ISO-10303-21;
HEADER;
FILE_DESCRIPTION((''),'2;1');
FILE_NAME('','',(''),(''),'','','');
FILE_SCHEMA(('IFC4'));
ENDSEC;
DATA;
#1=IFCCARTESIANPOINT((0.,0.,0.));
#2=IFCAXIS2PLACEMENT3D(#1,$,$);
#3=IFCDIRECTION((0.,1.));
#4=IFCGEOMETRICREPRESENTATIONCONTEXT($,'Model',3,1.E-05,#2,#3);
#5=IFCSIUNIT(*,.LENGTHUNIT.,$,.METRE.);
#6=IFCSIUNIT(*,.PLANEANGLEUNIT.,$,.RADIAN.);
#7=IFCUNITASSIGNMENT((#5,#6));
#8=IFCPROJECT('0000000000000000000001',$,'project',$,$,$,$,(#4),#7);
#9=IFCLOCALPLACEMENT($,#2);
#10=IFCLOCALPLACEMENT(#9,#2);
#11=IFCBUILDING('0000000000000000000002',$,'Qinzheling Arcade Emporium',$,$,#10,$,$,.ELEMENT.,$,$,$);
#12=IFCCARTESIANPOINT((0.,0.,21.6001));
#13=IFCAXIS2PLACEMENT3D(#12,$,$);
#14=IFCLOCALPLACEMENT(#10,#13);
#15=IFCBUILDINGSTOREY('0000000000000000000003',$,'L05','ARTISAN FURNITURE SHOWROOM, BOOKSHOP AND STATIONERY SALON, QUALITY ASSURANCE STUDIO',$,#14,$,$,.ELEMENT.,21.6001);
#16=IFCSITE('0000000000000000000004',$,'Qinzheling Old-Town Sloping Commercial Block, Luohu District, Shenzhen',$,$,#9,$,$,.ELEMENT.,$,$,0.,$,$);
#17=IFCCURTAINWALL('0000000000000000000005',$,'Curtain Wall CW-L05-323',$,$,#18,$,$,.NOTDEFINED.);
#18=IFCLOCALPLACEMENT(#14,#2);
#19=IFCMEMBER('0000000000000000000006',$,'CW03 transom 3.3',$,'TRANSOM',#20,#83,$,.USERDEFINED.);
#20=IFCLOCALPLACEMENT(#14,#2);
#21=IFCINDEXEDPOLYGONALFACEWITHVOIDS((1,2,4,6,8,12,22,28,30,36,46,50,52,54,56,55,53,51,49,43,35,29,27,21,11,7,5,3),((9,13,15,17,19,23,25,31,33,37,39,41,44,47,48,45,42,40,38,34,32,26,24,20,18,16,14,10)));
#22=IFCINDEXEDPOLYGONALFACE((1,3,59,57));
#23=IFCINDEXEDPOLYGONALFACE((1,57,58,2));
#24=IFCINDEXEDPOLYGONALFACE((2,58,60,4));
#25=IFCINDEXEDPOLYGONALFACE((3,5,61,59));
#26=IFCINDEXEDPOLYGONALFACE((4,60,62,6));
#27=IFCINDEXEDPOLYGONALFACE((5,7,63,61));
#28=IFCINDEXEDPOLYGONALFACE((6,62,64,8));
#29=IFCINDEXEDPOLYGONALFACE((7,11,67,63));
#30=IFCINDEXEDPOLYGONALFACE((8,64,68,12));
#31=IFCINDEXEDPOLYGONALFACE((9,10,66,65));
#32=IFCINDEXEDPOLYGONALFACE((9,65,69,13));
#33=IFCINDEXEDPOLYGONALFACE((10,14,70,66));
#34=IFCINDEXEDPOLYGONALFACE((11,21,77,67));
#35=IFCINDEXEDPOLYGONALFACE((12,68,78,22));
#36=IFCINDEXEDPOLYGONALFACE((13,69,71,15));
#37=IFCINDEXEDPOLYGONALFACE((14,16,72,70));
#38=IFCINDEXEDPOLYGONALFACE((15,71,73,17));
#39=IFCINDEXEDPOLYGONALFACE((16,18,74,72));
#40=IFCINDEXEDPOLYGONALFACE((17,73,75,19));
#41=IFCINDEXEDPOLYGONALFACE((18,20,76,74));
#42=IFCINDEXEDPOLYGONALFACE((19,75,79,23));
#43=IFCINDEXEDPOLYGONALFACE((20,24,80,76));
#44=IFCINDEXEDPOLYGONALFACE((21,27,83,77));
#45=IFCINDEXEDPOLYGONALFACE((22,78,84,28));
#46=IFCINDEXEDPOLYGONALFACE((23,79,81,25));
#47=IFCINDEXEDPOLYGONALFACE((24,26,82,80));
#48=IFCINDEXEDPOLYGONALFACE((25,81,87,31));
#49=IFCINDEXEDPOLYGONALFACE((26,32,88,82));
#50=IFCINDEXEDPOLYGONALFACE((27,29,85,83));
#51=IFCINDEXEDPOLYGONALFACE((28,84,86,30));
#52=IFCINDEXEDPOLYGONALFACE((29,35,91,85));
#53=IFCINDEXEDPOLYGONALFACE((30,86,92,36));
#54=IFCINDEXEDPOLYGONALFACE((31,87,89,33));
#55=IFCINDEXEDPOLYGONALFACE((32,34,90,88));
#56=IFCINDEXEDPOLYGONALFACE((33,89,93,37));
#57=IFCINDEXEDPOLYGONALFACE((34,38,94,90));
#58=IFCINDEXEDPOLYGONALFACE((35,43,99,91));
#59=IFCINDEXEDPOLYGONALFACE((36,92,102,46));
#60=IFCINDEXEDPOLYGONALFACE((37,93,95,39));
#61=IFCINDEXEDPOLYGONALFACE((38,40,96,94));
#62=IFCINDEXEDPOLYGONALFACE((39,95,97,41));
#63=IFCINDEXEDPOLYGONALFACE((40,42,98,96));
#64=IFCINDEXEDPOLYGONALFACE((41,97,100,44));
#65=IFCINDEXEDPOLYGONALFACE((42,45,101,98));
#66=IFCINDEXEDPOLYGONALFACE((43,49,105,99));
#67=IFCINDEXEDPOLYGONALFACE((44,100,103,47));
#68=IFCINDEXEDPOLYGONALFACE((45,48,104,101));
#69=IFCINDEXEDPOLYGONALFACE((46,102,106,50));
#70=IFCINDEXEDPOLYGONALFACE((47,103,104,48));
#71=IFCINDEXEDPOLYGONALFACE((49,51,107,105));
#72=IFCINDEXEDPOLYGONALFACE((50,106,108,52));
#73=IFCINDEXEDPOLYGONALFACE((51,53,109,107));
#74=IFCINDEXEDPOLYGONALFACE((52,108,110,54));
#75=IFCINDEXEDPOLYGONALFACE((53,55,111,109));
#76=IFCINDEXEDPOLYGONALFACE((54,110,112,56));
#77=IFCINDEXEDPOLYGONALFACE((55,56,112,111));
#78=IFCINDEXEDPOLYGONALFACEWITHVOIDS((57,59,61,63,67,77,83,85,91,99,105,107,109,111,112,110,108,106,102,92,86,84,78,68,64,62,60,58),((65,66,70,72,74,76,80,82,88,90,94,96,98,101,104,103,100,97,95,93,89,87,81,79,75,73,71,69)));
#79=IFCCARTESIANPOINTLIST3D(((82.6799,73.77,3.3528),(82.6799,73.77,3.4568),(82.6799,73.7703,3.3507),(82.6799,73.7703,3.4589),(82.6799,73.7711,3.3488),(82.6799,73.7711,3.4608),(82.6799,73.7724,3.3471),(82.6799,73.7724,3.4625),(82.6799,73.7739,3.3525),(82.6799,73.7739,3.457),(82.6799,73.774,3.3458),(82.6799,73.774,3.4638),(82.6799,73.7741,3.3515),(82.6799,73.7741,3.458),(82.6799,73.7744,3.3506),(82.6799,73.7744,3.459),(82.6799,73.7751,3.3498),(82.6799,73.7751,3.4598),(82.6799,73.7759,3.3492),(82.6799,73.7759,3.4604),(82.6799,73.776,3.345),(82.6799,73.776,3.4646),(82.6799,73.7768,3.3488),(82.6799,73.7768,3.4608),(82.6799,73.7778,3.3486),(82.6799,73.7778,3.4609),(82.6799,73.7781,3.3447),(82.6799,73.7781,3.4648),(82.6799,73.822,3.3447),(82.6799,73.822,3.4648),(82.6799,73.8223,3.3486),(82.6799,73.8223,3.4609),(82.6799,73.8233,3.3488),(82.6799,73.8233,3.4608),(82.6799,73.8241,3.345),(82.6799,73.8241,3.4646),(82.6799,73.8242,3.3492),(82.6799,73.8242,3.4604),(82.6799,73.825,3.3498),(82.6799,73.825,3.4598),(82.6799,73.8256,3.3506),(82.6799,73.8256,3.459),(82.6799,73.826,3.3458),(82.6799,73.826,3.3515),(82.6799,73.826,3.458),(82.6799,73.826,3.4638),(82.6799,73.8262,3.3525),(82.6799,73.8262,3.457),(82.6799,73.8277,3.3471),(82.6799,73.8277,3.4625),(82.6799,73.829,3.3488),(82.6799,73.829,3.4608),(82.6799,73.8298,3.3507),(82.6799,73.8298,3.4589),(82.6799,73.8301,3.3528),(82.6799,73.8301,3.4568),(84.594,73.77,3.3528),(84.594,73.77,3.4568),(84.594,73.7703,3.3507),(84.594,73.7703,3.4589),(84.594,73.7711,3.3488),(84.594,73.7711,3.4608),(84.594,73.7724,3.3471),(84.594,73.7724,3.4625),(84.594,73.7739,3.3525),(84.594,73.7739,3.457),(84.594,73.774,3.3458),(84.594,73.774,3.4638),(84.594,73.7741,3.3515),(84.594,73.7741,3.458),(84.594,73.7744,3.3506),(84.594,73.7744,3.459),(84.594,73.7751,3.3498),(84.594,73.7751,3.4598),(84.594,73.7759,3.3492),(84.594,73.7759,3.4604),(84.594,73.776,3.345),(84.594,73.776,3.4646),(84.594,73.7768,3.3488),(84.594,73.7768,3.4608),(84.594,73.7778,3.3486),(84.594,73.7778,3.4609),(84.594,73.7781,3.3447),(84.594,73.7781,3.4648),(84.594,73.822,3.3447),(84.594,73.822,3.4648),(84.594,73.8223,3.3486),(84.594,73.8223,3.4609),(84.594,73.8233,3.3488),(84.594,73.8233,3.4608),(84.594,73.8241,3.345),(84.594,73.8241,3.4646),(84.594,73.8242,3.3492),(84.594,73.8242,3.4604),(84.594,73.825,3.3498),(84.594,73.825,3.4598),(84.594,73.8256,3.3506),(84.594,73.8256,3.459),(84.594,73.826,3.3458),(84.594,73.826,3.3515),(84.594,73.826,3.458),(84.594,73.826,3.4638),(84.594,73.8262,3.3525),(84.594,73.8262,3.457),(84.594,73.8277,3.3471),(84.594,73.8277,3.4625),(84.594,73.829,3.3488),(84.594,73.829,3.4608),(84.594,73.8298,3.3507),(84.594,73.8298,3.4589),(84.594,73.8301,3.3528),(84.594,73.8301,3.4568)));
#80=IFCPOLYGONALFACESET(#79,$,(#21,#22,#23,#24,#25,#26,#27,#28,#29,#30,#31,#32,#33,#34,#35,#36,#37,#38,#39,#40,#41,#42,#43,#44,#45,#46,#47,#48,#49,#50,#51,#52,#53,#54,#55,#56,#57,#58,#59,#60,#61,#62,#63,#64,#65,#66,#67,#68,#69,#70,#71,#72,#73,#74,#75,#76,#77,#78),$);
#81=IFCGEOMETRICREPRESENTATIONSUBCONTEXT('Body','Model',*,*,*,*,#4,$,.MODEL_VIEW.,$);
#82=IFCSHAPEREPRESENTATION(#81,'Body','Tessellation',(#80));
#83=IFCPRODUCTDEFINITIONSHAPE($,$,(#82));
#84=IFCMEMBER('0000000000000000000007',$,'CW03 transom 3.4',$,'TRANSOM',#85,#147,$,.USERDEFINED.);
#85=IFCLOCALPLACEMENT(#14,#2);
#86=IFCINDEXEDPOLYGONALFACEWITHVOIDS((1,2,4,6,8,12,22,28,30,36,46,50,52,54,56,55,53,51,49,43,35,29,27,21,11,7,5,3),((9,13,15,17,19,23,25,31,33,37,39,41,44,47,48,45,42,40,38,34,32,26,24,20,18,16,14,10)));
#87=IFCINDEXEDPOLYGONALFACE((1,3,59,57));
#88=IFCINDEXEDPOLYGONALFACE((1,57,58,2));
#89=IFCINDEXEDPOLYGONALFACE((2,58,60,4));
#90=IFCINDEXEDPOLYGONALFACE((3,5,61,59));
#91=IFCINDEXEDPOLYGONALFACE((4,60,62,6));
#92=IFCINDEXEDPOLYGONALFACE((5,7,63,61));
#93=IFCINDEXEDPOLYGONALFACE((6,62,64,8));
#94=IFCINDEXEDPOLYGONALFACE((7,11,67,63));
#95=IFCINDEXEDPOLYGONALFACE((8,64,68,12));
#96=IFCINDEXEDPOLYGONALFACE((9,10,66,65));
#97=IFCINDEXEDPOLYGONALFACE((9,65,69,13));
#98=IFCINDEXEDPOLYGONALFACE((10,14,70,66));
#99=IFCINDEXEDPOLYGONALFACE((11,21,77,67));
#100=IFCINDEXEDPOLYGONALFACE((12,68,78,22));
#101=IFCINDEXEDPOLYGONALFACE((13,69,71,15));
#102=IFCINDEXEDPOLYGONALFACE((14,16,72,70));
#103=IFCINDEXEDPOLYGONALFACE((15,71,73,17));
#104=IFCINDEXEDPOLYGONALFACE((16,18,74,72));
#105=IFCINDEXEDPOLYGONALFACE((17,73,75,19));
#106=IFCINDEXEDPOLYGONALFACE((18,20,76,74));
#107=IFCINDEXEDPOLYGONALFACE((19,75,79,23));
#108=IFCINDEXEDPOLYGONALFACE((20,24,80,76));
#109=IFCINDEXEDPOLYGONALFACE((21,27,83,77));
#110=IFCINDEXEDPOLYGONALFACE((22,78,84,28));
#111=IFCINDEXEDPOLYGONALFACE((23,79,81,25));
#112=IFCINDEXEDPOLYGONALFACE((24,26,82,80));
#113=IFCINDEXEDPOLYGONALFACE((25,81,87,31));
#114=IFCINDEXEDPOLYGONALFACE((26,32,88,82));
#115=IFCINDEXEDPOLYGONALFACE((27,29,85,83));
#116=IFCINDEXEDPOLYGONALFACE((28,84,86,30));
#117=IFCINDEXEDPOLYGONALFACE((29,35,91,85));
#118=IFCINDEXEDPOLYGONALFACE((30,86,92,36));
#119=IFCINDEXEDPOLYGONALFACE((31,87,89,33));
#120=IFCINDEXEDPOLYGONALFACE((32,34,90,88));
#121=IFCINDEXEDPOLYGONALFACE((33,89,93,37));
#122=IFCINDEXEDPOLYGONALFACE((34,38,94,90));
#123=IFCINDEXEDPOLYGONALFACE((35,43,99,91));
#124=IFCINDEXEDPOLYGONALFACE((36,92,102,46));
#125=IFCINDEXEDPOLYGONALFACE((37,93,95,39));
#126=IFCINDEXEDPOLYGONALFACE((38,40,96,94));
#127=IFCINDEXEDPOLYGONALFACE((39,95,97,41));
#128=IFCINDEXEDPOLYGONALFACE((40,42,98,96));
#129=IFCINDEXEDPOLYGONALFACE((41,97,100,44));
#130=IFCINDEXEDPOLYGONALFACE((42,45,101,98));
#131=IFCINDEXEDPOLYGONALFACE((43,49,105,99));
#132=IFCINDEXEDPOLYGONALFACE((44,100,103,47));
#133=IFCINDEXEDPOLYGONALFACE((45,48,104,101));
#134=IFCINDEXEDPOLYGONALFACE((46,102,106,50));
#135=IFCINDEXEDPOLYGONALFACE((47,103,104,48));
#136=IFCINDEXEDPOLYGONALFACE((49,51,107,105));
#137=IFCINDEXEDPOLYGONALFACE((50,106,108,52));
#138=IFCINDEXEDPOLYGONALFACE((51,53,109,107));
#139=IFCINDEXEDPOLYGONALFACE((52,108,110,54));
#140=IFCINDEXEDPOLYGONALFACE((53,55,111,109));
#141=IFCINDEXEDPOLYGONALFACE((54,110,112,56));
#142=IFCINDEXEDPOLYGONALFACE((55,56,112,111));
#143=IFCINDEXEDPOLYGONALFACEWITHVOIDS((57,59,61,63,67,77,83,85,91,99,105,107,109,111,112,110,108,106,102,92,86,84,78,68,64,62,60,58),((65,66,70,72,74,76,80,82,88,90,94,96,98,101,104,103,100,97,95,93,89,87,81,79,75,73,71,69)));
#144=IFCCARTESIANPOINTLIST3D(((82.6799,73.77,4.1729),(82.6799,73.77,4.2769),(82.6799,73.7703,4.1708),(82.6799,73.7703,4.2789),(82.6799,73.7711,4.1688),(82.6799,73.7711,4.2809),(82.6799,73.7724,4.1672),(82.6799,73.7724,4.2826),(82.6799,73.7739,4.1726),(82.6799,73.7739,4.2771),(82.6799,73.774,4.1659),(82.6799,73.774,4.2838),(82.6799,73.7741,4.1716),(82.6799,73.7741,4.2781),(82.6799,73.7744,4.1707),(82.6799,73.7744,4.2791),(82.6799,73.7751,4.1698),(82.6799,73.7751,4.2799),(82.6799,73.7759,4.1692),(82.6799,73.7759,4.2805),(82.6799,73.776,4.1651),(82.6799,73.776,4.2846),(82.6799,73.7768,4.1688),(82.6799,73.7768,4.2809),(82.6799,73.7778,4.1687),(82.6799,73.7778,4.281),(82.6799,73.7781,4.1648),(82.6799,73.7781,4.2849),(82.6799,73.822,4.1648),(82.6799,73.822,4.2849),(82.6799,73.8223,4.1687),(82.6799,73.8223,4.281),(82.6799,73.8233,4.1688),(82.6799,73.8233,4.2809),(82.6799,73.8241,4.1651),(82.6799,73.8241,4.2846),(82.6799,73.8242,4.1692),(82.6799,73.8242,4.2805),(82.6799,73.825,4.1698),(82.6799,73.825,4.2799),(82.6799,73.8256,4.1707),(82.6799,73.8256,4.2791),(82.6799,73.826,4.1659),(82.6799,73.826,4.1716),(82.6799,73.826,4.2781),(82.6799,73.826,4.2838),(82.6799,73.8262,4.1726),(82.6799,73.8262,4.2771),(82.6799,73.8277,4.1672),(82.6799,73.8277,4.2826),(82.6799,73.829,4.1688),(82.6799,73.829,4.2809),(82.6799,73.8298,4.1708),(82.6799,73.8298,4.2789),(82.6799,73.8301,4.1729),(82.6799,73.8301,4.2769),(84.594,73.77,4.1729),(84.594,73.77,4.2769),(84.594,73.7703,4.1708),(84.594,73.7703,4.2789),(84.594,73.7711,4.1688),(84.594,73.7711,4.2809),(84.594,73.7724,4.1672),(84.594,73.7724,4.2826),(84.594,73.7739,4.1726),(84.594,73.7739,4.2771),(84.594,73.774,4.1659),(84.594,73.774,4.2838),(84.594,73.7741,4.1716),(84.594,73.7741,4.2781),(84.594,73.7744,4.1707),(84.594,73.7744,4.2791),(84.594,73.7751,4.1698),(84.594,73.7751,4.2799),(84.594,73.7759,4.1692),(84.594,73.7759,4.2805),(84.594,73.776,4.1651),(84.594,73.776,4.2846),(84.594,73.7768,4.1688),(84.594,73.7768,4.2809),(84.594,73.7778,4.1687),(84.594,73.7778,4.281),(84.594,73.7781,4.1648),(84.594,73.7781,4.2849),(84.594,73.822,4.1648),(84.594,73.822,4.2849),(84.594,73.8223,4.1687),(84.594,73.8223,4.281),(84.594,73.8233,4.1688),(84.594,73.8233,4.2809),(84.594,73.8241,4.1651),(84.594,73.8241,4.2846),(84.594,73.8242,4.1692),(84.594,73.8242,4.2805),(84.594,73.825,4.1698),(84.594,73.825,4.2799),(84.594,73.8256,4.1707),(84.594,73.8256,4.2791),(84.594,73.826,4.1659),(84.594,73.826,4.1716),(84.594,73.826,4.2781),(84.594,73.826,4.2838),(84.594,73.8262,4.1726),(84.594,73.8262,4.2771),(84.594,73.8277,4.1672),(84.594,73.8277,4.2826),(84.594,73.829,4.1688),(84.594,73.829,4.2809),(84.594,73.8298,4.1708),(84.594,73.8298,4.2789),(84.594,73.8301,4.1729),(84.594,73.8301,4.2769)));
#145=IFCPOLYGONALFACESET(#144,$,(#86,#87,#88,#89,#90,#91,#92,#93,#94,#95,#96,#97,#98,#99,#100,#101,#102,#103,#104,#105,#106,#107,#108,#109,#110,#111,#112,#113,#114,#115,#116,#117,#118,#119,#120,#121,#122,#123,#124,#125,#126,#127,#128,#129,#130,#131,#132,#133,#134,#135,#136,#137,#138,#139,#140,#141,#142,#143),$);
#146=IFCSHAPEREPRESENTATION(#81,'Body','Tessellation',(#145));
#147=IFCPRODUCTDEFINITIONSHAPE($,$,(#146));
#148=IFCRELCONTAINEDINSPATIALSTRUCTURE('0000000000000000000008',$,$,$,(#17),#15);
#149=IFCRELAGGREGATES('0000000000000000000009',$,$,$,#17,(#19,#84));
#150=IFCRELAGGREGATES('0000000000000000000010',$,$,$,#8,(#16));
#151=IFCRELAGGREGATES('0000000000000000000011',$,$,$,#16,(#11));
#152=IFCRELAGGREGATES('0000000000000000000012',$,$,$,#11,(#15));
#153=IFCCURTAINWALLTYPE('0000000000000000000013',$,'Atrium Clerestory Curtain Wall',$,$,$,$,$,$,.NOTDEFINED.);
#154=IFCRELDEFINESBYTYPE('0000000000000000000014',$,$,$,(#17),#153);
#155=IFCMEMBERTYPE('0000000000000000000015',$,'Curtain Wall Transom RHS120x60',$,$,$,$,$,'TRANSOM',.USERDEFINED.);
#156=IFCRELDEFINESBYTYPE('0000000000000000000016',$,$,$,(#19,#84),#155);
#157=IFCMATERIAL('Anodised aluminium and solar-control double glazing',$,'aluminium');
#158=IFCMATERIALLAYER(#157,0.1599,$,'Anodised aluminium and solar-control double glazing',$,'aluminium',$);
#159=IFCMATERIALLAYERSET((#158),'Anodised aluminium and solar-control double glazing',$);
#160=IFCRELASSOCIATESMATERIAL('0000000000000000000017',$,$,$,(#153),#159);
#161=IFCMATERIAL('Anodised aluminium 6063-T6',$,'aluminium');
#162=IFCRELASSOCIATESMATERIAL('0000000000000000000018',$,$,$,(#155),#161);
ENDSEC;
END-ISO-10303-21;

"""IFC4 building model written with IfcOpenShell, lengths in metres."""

from ifc_helpers import new_model, si_unit, direction, frame, origin, origin_2d, place, context, subcontext, project, spatial, hollow_rectangle, extrude, material, layer, layer_set, material_profile, profile_set, type_object, element, aggregate, save


model = new_model("IFC4")

# Units and contexts
model_context = context("Model", 3, precision=1e-05, world=origin(), true_north=direction((0.0, 1.0)))
body_context = subcontext(model_context, "Body", "Model", "MODEL_VIEW")
ifc_project = project(units=[si_unit("LENGTHUNIT", "METRE"), si_unit("PLANEANGLEUNIT", "RADIAN")], contexts=[model_context])

# Site, building, storey
site_placement = place(None, origin())
site = spatial("IfcSite", under=ifc_project, at=site_placement, Name="Qinzheling Old-Town Sloping Commercial Block, Luohu District, Shenzhen", CompositionType="ELEMENT", RefElevation=0.0)
building_placement = place(site_placement, origin())
building = spatial("IfcBuilding", under=site, at=building_placement, Name="Qinzheling Arcade Emporium", CompositionType="ELEMENT")
storey_placement = place(building_placement, frame((0.0, 0.0, 21.6001)))
storey = spatial("IfcBuildingStorey", under=building, at=storey_placement, Name="L05", Description="ARTISAN FURNITURE SHOWROOM, BOOKSHOP AND STATIONERY SALON, QUALITY ASSURANCE STUDIO", CompositionType="ELEMENT", Elevation=21.6001)

# Curtain wall
ifc_material_1 = material(Name="Anodised aluminium and solar-control double glazing", Category="aluminium")
ifc_layer_1 = layer(ifc_material_1, 0.1599, Name="Anodised aluminium and solar-control double glazing", Category="aluminium")
ifc_layer_set_1 = layer_set([ifc_layer_1], Name="Anodised aluminium and solar-control double glazing")
curtain_wall_type = type_object("IfcCurtainWallType", Name="Atrium Clerestory Curtain Wall", PredefinedType="NOTDEFINED", material=ifc_layer_set_1)
curtain_wall_1_placement = place(storey_placement, origin())
curtain_wall_1 = element("IfcCurtainWall", 1, at=curtain_wall_1_placement, inside=storey, type_object=curtain_wall_type, Name="Curtain Wall CW-L05-323", PredefinedType="NOTDEFINED")
ifc_material_2 = material(Name="Anodised aluminium 6063-T6", Category="aluminium")

# Members
ifc_material_profile_1 = material_profile(ifc_material_2, hollow_rectangle(XDim=0.0601, YDim=0.1201, WallThickness=0.0039, InnerFilletRadius=0.0039, OuterFilletRadius=0.0081, at=origin_2d()), Name="RHS 120x60x4", Category="aluminium")
ifc_profile_set_1 = profile_set([ifc_material_profile_1], Name="Anodised aluminium 6063-T6")
member_type_1 = type_object("IfcMemberType", Name="Curtain Wall Transom RHS120x60", ElementType="TRANSOM", PredefinedType="USERDEFINED", material=ifc_profile_set_1)
member_1_placement = place(storey_placement, frame((82.6799, 73.8, 3.4048), z_axis=(1.0, 0.0, 0.0), x_axis=(0.0, 1.0, 0.0)))
member_1 = element("IfcMember", 2, at=member_1_placement, type_object=member_type_1, Name="CW03 transom 3.3", ObjectType="TRANSOM", PredefinedType="USERDEFINED", context=body_context, shape_type="SweptSolid", body=[
    extrude(hollow_rectangle(XDim=0.0601, YDim=0.1201, WallThickness=0.0039, InnerFilletRadius=0.0039, OuterFilletRadius=0.0081, at=origin_2d()), origin(), (0.0, 0.0, 1.0), 1.9141),
])
member_2_placement = place(storey_placement, frame((82.6799, 73.8, 4.2249), z_axis=(1.0, 0.0, 0.0), x_axis=(0.0, 1.0, 0.0)))
member_2 = element("IfcMember", 3, at=member_2_placement, type_object=member_type_1, Name="CW03 transom 3.4", ObjectType="TRANSOM", PredefinedType="USERDEFINED", context=body_context, shape_type="SweptSolid", body=[
    extrude(hollow_rectangle(XDim=0.0601, YDim=0.1201, WallThickness=0.0039, InnerFilletRadius=0.0039, OuterFilletRadius=0.0081, at=origin_2d()), origin(), (0.0, 0.0, 1.0), 1.9141),
])

aggregate(curtain_wall_1, [member_1, member_2])

save(model, "model.ifc")
